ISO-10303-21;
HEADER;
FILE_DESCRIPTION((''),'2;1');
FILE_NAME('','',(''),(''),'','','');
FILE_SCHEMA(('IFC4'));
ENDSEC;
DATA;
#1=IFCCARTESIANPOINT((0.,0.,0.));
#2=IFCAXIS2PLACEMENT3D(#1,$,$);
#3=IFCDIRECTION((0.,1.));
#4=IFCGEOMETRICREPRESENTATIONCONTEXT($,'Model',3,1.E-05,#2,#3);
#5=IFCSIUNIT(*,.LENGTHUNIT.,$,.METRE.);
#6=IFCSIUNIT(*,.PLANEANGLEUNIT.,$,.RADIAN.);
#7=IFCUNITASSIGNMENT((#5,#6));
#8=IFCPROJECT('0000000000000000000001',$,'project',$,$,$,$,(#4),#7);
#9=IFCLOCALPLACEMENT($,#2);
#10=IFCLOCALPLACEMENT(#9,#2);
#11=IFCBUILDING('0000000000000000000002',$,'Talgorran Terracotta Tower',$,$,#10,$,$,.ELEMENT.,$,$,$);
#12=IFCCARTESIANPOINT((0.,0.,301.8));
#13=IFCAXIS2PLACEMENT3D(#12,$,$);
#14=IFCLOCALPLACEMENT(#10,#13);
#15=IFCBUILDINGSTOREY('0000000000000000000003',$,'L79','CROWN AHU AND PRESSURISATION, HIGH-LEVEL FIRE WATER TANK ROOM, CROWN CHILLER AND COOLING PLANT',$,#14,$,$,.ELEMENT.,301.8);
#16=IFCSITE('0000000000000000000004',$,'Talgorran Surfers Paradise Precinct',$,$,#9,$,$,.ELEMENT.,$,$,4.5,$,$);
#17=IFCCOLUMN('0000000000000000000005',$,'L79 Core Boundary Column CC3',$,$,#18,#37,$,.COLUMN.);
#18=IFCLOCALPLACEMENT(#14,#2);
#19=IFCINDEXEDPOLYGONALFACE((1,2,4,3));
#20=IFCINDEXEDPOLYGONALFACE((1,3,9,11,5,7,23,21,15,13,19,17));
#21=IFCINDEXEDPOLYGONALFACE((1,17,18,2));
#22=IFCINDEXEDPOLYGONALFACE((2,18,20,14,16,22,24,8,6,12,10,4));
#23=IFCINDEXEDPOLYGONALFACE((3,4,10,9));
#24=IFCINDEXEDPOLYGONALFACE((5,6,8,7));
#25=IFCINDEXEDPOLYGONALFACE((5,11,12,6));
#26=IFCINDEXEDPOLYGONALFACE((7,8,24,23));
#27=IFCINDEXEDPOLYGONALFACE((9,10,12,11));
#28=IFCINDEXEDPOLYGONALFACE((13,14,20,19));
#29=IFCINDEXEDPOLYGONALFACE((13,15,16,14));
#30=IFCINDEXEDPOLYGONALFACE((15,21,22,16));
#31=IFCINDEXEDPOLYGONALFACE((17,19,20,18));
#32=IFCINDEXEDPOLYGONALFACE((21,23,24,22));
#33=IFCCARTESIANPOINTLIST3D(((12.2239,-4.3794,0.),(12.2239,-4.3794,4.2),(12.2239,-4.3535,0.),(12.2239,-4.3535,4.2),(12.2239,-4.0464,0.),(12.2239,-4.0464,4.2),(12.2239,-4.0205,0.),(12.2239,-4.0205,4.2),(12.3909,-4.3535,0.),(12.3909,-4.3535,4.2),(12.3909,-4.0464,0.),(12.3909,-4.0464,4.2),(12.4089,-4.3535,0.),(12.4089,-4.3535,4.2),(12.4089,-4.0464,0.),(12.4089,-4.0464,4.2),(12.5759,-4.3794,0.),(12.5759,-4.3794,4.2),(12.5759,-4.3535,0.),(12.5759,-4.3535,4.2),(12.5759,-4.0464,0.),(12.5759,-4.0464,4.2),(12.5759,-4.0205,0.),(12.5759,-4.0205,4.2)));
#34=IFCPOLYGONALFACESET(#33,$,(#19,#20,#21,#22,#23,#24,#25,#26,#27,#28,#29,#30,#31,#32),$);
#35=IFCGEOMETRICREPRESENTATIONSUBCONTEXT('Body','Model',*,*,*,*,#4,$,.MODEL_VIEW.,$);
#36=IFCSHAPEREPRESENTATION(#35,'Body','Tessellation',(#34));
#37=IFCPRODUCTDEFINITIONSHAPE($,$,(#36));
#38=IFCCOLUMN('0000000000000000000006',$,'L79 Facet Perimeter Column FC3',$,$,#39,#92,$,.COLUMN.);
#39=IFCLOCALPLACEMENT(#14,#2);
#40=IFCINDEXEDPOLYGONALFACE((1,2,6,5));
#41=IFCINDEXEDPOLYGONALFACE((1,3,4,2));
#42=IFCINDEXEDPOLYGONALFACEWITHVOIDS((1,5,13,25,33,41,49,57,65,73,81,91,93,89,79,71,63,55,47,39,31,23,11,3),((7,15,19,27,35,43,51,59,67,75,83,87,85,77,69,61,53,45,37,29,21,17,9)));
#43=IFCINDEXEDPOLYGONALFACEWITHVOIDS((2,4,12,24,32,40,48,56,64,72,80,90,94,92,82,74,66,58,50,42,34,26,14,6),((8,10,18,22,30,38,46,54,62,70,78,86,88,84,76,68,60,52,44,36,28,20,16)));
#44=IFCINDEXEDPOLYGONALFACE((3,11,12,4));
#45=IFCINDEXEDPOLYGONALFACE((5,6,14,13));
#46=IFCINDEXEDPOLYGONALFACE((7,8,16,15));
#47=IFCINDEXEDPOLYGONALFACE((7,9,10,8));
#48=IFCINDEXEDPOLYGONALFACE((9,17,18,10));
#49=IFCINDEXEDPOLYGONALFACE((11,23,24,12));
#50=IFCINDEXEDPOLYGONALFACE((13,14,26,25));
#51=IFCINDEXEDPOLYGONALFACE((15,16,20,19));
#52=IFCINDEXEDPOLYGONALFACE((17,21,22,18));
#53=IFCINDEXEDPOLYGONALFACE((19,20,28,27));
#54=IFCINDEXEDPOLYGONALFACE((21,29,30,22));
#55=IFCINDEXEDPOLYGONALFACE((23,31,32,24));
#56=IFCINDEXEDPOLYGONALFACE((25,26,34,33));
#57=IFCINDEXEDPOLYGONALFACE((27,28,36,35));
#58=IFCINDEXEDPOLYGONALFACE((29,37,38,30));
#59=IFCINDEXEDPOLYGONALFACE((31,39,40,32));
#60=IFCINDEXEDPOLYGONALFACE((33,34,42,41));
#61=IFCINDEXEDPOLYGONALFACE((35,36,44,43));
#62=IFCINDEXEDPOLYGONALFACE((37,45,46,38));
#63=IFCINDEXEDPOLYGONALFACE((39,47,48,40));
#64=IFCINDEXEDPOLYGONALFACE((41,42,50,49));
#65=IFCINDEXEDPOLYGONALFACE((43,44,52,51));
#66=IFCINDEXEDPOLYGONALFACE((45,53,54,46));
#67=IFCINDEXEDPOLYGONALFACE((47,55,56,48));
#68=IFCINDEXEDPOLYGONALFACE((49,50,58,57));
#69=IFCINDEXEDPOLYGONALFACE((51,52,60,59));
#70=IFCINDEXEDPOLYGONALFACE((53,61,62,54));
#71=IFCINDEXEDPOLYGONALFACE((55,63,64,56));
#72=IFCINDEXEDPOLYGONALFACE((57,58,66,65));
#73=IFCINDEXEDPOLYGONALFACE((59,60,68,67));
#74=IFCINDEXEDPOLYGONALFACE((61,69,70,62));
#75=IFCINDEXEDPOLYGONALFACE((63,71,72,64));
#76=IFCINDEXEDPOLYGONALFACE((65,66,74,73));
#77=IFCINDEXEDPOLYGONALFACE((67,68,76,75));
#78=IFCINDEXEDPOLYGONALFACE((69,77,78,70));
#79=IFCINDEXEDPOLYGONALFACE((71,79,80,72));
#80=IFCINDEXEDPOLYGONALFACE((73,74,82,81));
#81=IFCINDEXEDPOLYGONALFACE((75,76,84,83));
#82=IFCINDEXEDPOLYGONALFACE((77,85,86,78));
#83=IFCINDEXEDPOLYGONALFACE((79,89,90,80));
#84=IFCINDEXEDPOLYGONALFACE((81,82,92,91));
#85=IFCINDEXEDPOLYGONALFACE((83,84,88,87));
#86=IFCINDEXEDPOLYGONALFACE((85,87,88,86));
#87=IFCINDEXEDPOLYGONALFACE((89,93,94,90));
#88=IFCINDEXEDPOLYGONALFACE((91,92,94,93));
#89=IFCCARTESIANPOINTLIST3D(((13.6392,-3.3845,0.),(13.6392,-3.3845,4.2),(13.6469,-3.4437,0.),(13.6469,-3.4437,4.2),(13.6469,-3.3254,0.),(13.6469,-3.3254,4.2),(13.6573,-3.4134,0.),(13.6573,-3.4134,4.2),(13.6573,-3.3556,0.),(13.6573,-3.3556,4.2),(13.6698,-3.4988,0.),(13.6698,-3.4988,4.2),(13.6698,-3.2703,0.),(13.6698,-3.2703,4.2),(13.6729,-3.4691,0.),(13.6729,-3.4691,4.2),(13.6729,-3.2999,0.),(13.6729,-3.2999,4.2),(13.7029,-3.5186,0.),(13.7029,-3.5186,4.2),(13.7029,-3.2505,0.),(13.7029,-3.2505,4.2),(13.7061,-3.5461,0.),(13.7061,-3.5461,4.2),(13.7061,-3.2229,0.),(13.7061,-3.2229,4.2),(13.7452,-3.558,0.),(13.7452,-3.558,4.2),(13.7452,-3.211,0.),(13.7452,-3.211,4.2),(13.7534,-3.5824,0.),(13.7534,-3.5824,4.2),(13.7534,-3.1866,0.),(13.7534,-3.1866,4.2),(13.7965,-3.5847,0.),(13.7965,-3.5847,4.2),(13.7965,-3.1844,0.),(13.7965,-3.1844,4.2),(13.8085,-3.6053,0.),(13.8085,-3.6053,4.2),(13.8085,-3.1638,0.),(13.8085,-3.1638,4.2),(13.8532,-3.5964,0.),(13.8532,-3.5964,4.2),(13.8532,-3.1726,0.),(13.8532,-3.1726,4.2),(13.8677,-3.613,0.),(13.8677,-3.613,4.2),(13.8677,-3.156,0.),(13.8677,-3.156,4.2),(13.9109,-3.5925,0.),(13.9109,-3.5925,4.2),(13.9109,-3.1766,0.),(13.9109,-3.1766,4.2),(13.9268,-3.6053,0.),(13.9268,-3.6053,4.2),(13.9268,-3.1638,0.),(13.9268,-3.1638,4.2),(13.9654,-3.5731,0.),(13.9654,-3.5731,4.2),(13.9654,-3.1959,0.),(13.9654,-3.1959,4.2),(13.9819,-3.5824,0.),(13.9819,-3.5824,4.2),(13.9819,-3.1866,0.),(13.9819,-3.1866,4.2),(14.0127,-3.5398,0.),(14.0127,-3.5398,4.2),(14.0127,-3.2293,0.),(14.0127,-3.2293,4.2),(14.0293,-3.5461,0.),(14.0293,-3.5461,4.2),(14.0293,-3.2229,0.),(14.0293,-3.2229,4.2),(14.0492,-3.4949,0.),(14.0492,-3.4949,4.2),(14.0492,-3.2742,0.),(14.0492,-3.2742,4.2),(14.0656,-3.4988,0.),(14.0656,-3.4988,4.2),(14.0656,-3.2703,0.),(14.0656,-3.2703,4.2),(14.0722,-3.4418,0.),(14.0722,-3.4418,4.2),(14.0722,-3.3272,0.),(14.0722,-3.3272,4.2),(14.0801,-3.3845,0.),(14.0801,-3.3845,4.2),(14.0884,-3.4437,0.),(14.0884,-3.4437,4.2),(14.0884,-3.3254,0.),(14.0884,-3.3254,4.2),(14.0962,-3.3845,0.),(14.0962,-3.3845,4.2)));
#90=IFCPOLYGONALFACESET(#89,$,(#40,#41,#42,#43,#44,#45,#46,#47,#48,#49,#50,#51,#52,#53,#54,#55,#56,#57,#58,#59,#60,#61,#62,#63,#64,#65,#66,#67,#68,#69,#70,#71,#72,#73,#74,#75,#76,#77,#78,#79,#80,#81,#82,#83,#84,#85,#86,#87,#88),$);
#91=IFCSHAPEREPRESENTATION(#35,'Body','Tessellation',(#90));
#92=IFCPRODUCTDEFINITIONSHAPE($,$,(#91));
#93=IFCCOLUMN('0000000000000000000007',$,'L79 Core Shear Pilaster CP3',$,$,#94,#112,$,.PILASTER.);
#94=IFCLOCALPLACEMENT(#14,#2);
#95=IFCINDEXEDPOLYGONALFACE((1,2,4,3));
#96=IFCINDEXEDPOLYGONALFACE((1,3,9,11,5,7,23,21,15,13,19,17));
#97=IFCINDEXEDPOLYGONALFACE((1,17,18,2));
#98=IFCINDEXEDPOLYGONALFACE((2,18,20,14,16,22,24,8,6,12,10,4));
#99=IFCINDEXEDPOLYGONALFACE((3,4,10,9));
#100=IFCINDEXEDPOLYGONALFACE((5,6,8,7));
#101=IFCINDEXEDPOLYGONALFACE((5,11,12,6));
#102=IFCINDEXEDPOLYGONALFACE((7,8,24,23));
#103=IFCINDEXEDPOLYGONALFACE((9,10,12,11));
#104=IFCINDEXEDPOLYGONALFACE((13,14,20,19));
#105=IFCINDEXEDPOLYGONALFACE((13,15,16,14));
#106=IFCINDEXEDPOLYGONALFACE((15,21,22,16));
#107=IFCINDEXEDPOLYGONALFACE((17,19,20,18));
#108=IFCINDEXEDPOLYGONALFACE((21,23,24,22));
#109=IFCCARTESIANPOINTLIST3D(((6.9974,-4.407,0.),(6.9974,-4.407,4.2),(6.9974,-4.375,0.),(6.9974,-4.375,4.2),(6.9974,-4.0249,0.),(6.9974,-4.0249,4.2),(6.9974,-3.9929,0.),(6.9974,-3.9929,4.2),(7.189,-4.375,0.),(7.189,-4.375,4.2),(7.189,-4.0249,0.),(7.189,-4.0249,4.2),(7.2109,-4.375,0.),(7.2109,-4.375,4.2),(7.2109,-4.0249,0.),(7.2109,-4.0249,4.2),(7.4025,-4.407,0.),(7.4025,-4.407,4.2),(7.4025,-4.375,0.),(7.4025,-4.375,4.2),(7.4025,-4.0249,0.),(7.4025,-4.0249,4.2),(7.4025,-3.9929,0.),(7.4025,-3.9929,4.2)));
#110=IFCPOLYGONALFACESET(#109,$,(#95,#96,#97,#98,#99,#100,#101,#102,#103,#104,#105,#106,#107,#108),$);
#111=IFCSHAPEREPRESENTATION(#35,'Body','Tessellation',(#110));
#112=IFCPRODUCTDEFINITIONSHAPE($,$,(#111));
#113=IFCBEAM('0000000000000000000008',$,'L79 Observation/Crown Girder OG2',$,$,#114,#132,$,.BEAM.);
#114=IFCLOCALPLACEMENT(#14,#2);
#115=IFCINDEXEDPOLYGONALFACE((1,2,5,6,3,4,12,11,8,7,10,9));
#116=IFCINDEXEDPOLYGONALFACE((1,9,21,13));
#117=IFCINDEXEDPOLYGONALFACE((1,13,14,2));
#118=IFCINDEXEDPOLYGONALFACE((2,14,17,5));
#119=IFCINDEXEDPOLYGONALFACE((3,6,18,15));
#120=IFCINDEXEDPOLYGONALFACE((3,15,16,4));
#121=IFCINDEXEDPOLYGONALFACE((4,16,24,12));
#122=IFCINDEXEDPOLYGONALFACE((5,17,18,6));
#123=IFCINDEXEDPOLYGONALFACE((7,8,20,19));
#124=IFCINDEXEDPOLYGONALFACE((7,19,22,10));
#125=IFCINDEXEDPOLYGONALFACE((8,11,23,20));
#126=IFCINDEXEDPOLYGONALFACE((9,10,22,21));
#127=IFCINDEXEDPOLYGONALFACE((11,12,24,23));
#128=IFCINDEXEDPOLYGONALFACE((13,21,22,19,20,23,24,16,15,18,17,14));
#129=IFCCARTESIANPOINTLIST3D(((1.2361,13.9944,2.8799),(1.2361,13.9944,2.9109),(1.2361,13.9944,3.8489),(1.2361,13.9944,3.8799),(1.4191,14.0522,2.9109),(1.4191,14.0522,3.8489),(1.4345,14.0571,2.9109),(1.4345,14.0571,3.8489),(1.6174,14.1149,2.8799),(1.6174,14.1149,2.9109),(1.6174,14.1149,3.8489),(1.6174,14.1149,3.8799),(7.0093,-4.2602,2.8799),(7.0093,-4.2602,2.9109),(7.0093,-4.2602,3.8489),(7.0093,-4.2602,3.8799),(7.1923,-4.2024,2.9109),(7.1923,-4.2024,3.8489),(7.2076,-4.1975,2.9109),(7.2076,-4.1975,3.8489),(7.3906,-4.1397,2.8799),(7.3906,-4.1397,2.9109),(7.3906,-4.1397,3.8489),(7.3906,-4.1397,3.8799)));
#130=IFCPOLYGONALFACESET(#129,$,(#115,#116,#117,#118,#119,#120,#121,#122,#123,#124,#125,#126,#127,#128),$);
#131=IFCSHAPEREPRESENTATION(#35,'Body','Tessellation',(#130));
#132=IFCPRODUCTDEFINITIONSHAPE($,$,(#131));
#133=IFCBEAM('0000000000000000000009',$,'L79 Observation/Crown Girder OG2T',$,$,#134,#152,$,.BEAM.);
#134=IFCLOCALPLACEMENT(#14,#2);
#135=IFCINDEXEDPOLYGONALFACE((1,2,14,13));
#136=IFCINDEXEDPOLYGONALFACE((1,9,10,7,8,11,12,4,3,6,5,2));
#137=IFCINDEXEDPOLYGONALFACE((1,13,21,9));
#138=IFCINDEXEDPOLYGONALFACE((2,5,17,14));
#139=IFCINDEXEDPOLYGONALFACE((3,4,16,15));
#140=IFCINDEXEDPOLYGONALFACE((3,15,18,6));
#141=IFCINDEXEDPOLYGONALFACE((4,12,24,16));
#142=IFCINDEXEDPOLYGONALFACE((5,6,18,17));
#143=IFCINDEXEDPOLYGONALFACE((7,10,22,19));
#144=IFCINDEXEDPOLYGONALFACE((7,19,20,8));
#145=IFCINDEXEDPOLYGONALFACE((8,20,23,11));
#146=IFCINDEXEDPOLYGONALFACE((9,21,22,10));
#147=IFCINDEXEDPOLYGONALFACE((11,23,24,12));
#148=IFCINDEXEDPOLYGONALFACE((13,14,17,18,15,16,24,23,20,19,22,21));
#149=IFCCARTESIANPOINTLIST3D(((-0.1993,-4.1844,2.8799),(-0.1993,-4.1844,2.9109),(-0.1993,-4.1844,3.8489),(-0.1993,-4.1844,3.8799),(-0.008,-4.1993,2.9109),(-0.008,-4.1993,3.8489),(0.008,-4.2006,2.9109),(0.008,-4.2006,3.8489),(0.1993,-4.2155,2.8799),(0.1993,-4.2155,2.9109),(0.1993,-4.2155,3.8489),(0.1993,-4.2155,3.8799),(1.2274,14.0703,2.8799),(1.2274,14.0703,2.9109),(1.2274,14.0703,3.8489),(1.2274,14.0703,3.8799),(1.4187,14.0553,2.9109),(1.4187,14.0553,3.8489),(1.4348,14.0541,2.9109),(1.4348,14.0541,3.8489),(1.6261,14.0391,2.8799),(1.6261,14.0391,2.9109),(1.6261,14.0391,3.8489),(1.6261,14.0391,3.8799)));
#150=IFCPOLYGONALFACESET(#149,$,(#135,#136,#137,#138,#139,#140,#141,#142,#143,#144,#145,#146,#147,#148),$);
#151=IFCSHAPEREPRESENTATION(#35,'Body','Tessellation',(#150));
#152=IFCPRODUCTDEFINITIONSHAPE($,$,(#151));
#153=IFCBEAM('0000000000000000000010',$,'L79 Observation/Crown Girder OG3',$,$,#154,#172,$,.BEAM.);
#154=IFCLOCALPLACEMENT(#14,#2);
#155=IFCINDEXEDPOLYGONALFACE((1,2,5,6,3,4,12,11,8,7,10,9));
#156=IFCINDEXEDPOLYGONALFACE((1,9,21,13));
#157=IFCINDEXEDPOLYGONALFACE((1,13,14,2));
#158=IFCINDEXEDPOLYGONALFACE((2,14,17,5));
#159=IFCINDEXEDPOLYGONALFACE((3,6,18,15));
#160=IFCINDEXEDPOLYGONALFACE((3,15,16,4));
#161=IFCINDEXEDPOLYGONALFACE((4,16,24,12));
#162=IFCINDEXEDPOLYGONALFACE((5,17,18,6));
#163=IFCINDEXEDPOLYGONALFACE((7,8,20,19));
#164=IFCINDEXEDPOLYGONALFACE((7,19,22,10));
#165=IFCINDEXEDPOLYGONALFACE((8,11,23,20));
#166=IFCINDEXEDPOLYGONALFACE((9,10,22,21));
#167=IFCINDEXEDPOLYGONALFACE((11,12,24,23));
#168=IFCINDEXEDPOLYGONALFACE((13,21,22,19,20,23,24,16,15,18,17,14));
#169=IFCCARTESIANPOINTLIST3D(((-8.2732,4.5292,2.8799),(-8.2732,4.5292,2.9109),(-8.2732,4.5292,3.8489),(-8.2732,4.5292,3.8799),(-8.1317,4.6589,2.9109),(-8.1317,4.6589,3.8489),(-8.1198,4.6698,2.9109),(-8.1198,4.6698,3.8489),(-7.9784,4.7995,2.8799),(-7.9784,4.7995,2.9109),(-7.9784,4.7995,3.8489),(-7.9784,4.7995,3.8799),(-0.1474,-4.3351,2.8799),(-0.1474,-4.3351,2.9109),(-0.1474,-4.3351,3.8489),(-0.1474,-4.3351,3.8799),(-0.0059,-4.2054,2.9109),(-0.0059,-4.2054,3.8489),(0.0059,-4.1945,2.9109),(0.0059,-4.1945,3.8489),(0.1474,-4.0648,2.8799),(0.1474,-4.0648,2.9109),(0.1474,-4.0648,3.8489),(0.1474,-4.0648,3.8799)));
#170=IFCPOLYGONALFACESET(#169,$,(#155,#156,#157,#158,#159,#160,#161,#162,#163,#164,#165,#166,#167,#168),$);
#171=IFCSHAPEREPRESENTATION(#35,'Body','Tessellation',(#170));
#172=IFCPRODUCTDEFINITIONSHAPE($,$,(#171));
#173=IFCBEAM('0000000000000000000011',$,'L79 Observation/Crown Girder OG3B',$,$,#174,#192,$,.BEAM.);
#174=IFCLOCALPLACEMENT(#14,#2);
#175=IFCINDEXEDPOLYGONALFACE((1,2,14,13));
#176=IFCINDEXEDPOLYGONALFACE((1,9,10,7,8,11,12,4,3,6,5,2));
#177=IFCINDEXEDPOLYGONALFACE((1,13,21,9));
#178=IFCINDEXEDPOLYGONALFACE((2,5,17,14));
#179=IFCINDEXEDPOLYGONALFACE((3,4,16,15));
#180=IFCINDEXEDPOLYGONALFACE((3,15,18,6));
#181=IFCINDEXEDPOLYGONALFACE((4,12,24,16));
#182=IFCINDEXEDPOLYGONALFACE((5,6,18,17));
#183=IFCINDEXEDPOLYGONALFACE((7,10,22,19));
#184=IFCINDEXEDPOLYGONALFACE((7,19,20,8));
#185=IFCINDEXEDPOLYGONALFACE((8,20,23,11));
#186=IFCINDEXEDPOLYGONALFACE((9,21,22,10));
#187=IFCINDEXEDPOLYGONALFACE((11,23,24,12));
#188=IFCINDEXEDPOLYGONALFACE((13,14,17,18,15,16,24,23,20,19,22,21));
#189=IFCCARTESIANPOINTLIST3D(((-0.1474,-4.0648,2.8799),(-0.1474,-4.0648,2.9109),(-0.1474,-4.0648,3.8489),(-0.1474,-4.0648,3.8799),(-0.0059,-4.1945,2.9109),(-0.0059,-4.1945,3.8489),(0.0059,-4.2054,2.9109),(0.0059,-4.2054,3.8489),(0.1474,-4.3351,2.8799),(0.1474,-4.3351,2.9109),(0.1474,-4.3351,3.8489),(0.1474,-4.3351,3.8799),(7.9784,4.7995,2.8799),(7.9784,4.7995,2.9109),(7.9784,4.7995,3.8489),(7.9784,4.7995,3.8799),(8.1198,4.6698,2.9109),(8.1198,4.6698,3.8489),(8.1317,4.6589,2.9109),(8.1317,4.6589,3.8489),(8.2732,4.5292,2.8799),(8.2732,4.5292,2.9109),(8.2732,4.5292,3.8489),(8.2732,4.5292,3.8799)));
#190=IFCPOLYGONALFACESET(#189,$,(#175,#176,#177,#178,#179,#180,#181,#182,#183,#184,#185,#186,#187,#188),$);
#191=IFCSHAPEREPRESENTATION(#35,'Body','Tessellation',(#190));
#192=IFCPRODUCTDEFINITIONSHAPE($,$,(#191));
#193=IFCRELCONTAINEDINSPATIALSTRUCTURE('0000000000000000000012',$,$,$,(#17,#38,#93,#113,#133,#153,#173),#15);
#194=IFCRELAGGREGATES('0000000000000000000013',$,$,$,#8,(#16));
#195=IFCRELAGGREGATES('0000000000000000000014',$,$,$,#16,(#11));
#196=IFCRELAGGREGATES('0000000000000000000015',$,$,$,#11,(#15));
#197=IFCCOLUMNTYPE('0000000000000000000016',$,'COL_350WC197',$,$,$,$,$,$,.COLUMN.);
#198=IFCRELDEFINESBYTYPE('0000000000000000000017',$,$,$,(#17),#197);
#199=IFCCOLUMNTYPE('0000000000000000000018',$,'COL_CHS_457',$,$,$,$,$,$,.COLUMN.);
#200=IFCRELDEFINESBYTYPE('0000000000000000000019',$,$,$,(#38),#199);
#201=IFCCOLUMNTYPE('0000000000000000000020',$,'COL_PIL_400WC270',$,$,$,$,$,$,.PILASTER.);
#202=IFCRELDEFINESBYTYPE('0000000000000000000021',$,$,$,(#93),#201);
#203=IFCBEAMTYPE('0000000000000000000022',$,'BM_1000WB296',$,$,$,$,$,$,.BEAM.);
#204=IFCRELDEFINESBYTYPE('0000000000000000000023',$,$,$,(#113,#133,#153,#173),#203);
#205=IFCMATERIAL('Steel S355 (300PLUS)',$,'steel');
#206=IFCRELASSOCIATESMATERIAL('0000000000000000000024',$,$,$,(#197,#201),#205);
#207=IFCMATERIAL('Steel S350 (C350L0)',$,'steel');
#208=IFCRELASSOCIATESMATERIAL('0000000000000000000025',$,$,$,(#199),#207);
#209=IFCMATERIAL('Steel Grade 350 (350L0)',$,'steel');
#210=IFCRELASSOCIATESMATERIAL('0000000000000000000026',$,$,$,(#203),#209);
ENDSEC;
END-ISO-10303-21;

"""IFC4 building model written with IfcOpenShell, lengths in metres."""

from ifc_helpers import new_model, si_unit, direction, frame, origin, origin_2d, place, context, subcontext, project, spatial, hollow_circle, i_section, extrude, material, material_profile, profile_set, type_object, element, save


model = new_model("IFC4")

# Units and contexts
model_context = context("Model", 3, precision=1e-05, world=origin(), true_north=direction((0.0, 1.0)))
body_context = subcontext(model_context, "Body", "Model", "MODEL_VIEW")
ifc_project = project(units=[si_unit("LENGTHUNIT", "METRE"), si_unit("PLANEANGLEUNIT", "RADIAN")], contexts=[model_context])

# Site, building, storey
site_placement = place(None, origin())
site = spatial("IfcSite", under=ifc_project, at=site_placement, Name="Talgorran Surfers Paradise Precinct", CompositionType="ELEMENT", RefElevation=4.5)
building_placement = place(site_placement, origin())
building = spatial("IfcBuilding", under=site, at=building_placement, Name="Talgorran Terracotta Tower", CompositionType="ELEMENT")
storey_placement = place(building_placement, frame((0.0, 0.0, 301.8)))
storey = spatial("IfcBuildingStorey", under=building, at=storey_placement, Name="L79", Description="CROWN AHU AND PRESSURISATION, HIGH-LEVEL FIRE WATER TANK ROOM, CROWN CHILLER AND COOLING PLANT", CompositionType="ELEMENT", Elevation=301.8)

# Columns
ifc_material_1 = material(Name="Steel S355 (300PLUS)", Category="steel")
ifc_material_profile_1 = material_profile(ifc_material_1, i_section(OverallWidth=0.3521, OverallDepth=0.3589, WebThickness=0.0181, FlangeThickness=0.0259, at=origin_2d()), Name="350WC197")
ifc_profile_set_1 = profile_set([ifc_material_profile_1], Name="Steel S355 (300PLUS)")
column_type_1 = type_object("IfcColumnType", Name="COL_350WC197", PredefinedType="COLUMN", material=ifc_profile_set_1)
column_1_placement = place(storey_placement, frame((12.3999, -4.2, 0.0), z_axis=(0.0, 0.0, 1.0), x_axis=(1.0, 0.0, 0.0)))
element("IfcColumn", 1, at=column_1_placement, inside=storey, type_object=column_type_1, Name="L79 Core Boundary Column CC3", PredefinedType="COLUMN", context=body_context, shape_type="SweptSolid", body=[
    extrude(i_section(OverallWidth=0.3521, OverallDepth=0.3589, WebThickness=0.0181, FlangeThickness=0.0259, at=origin_2d()), origin(), (0.0, 0.0, 1.0), 4.2),
])
ifc_material_2 = material(Name="Steel S350 (C350L0)", Category="steel")
ifc_material_profile_2 = material_profile(ifc_material_2, hollow_circle(Radius=0.2285, WallThickness=0.0161, at=origin_2d()), Name="CHS457X16")
ifc_profile_set_2 = profile_set([ifc_material_profile_2], Name="Steel S350 (C350L0)")
column_type_2 = type_object("IfcColumnType", Name="COL_CHS_457", PredefinedType="COLUMN", material=ifc_profile_set_2)
column_2_placement = place(storey_placement, frame((13.8677, -3.3845, 0.0), z_axis=(0.0, 0.0, 1.0), x_axis=(1.0, 0.0, 0.0)))
element("IfcColumn", 2, at=column_2_placement, inside=storey, type_object=column_type_2, Name="L79 Facet Perimeter Column FC3", PredefinedType="COLUMN", context=body_context, shape_type="SweptSolid", body=[
    extrude(hollow_circle(Radius=0.2285, WallThickness=0.0161, at=origin_2d()), origin(), (0.0, 0.0, 1.0), 4.2),
])
ifc_material_profile_3 = material_profile(ifc_material_1, i_section(OverallWidth=0.405, OverallDepth=0.4141, WebThickness=0.022, FlangeThickness=0.032, at=origin_2d()), Name="400WC270")
ifc_profile_set_3 = profile_set([ifc_material_profile_3], Name="Steel S355 (300PLUS)")
column_type_3 = type_object("IfcColumnType", Name="COL_PIL_400WC270", PredefinedType="PILASTER", material=ifc_profile_set_3)
column_3_placement = place(storey_placement, frame((7.2, -4.2, 0.0), z_axis=(0.0, 0.0, 1.0), x_axis=(1.0, 0.0, 0.0)))
element("IfcColumn", 3, at=column_3_placement, inside=storey, type_object=column_type_3, Name="L79 Core Shear Pilaster CP3", PredefinedType="PILASTER", context=body_context, shape_type="SweptSolid", body=[
    extrude(i_section(OverallWidth=0.405, OverallDepth=0.4141, WebThickness=0.022, FlangeThickness=0.032, at=origin_2d()), origin(), (0.0, 0.0, 1.0), 4.2),
])

# Beams
ifc_material_3 = material(Name="Steel Grade 350 (350L0)", Category="steel")
ifc_material_profile_4 = material_profile(ifc_material_3, i_section(OverallWidth=0.3999, OverallDepth=1.0, WebThickness=0.0161, FlangeThickness=0.031, at=origin_2d()), Name="1000WB296")
ifc_profile_set_4 = profile_set([ifc_material_profile_4], Name="Steel Grade 350 (350L0)")
beam_type_1 = type_object("IfcBeamType", Name="BM_1000WB296", PredefinedType="BEAM", material=ifc_profile_set_4)
beam_1_placement = place(storey_placement, frame((7.2, -4.2, 3.3799), z_axis=(-0.301538, 0.953454, 0.0), x_axis=(-0.953454, -0.301538, 0.0)))
element("IfcBeam", 4, at=beam_1_placement, inside=storey, type_object=beam_type_1, Name="L79 Observation/Crown Girder OG2", PredefinedType="BEAM", context=body_context, shape_type="SweptSolid", body=[
    extrude(i_section(OverallWidth=0.3999, OverallDepth=1.0, WebThickness=0.0161, FlangeThickness=0.031, at=origin_2d()), origin(), (0.0, 0.0, 1.0), 19.1458),
])
beam_2_placement = place(storey_placement, frame((0.0, -4.2, 3.3799), z_axis=(0.077921, 0.99696, 0.0), x_axis=(-0.99696, 0.077921, 0.0)))
element("IfcBeam", 5, at=beam_2_placement, inside=storey, type_object=beam_type_1, Name="L79 Observation/Crown Girder OG2T", PredefinedType="BEAM", context=body_context, shape_type="SweptSolid", body=[
    extrude(i_section(OverallWidth=0.3999, OverallDepth=1.0, WebThickness=0.0161, FlangeThickness=0.031, at=origin_2d()), origin(), (0.0, 0.0, 1.0), 18.3103),
])
for number, where, z_axis, x_axis, name in (
    (6, (0.0, -4.2, 3.3799), (-0.675732, 0.737147, 0.0), (-0.737147, -0.675732, 0.0), "L79 Observation/Crown Girder OG3"),
    (7, (0.0, -4.2, 3.3799), (0.675732, 0.737147, 0.0), (-0.737147, 0.675732, 0.0), "L79 Observation/Crown Girder OG3B"),
):
    element("IfcBeam", number, at=place(storey_placement, frame(where, z_axis=z_axis, x_axis=x_axis)), inside=storey, type_object=beam_type_1, Name=name, PredefinedType="BEAM", context=body_context, shape_type="SweptSolid", body=[
        extrude(i_section(OverallWidth=0.3999, OverallDepth=1.0, WebThickness=0.0161, FlangeThickness=0.031, at=origin_2d()), origin(), (0.0, 0.0, 1.0), 12.0251),
    ])

save(model, "model.ifc")
